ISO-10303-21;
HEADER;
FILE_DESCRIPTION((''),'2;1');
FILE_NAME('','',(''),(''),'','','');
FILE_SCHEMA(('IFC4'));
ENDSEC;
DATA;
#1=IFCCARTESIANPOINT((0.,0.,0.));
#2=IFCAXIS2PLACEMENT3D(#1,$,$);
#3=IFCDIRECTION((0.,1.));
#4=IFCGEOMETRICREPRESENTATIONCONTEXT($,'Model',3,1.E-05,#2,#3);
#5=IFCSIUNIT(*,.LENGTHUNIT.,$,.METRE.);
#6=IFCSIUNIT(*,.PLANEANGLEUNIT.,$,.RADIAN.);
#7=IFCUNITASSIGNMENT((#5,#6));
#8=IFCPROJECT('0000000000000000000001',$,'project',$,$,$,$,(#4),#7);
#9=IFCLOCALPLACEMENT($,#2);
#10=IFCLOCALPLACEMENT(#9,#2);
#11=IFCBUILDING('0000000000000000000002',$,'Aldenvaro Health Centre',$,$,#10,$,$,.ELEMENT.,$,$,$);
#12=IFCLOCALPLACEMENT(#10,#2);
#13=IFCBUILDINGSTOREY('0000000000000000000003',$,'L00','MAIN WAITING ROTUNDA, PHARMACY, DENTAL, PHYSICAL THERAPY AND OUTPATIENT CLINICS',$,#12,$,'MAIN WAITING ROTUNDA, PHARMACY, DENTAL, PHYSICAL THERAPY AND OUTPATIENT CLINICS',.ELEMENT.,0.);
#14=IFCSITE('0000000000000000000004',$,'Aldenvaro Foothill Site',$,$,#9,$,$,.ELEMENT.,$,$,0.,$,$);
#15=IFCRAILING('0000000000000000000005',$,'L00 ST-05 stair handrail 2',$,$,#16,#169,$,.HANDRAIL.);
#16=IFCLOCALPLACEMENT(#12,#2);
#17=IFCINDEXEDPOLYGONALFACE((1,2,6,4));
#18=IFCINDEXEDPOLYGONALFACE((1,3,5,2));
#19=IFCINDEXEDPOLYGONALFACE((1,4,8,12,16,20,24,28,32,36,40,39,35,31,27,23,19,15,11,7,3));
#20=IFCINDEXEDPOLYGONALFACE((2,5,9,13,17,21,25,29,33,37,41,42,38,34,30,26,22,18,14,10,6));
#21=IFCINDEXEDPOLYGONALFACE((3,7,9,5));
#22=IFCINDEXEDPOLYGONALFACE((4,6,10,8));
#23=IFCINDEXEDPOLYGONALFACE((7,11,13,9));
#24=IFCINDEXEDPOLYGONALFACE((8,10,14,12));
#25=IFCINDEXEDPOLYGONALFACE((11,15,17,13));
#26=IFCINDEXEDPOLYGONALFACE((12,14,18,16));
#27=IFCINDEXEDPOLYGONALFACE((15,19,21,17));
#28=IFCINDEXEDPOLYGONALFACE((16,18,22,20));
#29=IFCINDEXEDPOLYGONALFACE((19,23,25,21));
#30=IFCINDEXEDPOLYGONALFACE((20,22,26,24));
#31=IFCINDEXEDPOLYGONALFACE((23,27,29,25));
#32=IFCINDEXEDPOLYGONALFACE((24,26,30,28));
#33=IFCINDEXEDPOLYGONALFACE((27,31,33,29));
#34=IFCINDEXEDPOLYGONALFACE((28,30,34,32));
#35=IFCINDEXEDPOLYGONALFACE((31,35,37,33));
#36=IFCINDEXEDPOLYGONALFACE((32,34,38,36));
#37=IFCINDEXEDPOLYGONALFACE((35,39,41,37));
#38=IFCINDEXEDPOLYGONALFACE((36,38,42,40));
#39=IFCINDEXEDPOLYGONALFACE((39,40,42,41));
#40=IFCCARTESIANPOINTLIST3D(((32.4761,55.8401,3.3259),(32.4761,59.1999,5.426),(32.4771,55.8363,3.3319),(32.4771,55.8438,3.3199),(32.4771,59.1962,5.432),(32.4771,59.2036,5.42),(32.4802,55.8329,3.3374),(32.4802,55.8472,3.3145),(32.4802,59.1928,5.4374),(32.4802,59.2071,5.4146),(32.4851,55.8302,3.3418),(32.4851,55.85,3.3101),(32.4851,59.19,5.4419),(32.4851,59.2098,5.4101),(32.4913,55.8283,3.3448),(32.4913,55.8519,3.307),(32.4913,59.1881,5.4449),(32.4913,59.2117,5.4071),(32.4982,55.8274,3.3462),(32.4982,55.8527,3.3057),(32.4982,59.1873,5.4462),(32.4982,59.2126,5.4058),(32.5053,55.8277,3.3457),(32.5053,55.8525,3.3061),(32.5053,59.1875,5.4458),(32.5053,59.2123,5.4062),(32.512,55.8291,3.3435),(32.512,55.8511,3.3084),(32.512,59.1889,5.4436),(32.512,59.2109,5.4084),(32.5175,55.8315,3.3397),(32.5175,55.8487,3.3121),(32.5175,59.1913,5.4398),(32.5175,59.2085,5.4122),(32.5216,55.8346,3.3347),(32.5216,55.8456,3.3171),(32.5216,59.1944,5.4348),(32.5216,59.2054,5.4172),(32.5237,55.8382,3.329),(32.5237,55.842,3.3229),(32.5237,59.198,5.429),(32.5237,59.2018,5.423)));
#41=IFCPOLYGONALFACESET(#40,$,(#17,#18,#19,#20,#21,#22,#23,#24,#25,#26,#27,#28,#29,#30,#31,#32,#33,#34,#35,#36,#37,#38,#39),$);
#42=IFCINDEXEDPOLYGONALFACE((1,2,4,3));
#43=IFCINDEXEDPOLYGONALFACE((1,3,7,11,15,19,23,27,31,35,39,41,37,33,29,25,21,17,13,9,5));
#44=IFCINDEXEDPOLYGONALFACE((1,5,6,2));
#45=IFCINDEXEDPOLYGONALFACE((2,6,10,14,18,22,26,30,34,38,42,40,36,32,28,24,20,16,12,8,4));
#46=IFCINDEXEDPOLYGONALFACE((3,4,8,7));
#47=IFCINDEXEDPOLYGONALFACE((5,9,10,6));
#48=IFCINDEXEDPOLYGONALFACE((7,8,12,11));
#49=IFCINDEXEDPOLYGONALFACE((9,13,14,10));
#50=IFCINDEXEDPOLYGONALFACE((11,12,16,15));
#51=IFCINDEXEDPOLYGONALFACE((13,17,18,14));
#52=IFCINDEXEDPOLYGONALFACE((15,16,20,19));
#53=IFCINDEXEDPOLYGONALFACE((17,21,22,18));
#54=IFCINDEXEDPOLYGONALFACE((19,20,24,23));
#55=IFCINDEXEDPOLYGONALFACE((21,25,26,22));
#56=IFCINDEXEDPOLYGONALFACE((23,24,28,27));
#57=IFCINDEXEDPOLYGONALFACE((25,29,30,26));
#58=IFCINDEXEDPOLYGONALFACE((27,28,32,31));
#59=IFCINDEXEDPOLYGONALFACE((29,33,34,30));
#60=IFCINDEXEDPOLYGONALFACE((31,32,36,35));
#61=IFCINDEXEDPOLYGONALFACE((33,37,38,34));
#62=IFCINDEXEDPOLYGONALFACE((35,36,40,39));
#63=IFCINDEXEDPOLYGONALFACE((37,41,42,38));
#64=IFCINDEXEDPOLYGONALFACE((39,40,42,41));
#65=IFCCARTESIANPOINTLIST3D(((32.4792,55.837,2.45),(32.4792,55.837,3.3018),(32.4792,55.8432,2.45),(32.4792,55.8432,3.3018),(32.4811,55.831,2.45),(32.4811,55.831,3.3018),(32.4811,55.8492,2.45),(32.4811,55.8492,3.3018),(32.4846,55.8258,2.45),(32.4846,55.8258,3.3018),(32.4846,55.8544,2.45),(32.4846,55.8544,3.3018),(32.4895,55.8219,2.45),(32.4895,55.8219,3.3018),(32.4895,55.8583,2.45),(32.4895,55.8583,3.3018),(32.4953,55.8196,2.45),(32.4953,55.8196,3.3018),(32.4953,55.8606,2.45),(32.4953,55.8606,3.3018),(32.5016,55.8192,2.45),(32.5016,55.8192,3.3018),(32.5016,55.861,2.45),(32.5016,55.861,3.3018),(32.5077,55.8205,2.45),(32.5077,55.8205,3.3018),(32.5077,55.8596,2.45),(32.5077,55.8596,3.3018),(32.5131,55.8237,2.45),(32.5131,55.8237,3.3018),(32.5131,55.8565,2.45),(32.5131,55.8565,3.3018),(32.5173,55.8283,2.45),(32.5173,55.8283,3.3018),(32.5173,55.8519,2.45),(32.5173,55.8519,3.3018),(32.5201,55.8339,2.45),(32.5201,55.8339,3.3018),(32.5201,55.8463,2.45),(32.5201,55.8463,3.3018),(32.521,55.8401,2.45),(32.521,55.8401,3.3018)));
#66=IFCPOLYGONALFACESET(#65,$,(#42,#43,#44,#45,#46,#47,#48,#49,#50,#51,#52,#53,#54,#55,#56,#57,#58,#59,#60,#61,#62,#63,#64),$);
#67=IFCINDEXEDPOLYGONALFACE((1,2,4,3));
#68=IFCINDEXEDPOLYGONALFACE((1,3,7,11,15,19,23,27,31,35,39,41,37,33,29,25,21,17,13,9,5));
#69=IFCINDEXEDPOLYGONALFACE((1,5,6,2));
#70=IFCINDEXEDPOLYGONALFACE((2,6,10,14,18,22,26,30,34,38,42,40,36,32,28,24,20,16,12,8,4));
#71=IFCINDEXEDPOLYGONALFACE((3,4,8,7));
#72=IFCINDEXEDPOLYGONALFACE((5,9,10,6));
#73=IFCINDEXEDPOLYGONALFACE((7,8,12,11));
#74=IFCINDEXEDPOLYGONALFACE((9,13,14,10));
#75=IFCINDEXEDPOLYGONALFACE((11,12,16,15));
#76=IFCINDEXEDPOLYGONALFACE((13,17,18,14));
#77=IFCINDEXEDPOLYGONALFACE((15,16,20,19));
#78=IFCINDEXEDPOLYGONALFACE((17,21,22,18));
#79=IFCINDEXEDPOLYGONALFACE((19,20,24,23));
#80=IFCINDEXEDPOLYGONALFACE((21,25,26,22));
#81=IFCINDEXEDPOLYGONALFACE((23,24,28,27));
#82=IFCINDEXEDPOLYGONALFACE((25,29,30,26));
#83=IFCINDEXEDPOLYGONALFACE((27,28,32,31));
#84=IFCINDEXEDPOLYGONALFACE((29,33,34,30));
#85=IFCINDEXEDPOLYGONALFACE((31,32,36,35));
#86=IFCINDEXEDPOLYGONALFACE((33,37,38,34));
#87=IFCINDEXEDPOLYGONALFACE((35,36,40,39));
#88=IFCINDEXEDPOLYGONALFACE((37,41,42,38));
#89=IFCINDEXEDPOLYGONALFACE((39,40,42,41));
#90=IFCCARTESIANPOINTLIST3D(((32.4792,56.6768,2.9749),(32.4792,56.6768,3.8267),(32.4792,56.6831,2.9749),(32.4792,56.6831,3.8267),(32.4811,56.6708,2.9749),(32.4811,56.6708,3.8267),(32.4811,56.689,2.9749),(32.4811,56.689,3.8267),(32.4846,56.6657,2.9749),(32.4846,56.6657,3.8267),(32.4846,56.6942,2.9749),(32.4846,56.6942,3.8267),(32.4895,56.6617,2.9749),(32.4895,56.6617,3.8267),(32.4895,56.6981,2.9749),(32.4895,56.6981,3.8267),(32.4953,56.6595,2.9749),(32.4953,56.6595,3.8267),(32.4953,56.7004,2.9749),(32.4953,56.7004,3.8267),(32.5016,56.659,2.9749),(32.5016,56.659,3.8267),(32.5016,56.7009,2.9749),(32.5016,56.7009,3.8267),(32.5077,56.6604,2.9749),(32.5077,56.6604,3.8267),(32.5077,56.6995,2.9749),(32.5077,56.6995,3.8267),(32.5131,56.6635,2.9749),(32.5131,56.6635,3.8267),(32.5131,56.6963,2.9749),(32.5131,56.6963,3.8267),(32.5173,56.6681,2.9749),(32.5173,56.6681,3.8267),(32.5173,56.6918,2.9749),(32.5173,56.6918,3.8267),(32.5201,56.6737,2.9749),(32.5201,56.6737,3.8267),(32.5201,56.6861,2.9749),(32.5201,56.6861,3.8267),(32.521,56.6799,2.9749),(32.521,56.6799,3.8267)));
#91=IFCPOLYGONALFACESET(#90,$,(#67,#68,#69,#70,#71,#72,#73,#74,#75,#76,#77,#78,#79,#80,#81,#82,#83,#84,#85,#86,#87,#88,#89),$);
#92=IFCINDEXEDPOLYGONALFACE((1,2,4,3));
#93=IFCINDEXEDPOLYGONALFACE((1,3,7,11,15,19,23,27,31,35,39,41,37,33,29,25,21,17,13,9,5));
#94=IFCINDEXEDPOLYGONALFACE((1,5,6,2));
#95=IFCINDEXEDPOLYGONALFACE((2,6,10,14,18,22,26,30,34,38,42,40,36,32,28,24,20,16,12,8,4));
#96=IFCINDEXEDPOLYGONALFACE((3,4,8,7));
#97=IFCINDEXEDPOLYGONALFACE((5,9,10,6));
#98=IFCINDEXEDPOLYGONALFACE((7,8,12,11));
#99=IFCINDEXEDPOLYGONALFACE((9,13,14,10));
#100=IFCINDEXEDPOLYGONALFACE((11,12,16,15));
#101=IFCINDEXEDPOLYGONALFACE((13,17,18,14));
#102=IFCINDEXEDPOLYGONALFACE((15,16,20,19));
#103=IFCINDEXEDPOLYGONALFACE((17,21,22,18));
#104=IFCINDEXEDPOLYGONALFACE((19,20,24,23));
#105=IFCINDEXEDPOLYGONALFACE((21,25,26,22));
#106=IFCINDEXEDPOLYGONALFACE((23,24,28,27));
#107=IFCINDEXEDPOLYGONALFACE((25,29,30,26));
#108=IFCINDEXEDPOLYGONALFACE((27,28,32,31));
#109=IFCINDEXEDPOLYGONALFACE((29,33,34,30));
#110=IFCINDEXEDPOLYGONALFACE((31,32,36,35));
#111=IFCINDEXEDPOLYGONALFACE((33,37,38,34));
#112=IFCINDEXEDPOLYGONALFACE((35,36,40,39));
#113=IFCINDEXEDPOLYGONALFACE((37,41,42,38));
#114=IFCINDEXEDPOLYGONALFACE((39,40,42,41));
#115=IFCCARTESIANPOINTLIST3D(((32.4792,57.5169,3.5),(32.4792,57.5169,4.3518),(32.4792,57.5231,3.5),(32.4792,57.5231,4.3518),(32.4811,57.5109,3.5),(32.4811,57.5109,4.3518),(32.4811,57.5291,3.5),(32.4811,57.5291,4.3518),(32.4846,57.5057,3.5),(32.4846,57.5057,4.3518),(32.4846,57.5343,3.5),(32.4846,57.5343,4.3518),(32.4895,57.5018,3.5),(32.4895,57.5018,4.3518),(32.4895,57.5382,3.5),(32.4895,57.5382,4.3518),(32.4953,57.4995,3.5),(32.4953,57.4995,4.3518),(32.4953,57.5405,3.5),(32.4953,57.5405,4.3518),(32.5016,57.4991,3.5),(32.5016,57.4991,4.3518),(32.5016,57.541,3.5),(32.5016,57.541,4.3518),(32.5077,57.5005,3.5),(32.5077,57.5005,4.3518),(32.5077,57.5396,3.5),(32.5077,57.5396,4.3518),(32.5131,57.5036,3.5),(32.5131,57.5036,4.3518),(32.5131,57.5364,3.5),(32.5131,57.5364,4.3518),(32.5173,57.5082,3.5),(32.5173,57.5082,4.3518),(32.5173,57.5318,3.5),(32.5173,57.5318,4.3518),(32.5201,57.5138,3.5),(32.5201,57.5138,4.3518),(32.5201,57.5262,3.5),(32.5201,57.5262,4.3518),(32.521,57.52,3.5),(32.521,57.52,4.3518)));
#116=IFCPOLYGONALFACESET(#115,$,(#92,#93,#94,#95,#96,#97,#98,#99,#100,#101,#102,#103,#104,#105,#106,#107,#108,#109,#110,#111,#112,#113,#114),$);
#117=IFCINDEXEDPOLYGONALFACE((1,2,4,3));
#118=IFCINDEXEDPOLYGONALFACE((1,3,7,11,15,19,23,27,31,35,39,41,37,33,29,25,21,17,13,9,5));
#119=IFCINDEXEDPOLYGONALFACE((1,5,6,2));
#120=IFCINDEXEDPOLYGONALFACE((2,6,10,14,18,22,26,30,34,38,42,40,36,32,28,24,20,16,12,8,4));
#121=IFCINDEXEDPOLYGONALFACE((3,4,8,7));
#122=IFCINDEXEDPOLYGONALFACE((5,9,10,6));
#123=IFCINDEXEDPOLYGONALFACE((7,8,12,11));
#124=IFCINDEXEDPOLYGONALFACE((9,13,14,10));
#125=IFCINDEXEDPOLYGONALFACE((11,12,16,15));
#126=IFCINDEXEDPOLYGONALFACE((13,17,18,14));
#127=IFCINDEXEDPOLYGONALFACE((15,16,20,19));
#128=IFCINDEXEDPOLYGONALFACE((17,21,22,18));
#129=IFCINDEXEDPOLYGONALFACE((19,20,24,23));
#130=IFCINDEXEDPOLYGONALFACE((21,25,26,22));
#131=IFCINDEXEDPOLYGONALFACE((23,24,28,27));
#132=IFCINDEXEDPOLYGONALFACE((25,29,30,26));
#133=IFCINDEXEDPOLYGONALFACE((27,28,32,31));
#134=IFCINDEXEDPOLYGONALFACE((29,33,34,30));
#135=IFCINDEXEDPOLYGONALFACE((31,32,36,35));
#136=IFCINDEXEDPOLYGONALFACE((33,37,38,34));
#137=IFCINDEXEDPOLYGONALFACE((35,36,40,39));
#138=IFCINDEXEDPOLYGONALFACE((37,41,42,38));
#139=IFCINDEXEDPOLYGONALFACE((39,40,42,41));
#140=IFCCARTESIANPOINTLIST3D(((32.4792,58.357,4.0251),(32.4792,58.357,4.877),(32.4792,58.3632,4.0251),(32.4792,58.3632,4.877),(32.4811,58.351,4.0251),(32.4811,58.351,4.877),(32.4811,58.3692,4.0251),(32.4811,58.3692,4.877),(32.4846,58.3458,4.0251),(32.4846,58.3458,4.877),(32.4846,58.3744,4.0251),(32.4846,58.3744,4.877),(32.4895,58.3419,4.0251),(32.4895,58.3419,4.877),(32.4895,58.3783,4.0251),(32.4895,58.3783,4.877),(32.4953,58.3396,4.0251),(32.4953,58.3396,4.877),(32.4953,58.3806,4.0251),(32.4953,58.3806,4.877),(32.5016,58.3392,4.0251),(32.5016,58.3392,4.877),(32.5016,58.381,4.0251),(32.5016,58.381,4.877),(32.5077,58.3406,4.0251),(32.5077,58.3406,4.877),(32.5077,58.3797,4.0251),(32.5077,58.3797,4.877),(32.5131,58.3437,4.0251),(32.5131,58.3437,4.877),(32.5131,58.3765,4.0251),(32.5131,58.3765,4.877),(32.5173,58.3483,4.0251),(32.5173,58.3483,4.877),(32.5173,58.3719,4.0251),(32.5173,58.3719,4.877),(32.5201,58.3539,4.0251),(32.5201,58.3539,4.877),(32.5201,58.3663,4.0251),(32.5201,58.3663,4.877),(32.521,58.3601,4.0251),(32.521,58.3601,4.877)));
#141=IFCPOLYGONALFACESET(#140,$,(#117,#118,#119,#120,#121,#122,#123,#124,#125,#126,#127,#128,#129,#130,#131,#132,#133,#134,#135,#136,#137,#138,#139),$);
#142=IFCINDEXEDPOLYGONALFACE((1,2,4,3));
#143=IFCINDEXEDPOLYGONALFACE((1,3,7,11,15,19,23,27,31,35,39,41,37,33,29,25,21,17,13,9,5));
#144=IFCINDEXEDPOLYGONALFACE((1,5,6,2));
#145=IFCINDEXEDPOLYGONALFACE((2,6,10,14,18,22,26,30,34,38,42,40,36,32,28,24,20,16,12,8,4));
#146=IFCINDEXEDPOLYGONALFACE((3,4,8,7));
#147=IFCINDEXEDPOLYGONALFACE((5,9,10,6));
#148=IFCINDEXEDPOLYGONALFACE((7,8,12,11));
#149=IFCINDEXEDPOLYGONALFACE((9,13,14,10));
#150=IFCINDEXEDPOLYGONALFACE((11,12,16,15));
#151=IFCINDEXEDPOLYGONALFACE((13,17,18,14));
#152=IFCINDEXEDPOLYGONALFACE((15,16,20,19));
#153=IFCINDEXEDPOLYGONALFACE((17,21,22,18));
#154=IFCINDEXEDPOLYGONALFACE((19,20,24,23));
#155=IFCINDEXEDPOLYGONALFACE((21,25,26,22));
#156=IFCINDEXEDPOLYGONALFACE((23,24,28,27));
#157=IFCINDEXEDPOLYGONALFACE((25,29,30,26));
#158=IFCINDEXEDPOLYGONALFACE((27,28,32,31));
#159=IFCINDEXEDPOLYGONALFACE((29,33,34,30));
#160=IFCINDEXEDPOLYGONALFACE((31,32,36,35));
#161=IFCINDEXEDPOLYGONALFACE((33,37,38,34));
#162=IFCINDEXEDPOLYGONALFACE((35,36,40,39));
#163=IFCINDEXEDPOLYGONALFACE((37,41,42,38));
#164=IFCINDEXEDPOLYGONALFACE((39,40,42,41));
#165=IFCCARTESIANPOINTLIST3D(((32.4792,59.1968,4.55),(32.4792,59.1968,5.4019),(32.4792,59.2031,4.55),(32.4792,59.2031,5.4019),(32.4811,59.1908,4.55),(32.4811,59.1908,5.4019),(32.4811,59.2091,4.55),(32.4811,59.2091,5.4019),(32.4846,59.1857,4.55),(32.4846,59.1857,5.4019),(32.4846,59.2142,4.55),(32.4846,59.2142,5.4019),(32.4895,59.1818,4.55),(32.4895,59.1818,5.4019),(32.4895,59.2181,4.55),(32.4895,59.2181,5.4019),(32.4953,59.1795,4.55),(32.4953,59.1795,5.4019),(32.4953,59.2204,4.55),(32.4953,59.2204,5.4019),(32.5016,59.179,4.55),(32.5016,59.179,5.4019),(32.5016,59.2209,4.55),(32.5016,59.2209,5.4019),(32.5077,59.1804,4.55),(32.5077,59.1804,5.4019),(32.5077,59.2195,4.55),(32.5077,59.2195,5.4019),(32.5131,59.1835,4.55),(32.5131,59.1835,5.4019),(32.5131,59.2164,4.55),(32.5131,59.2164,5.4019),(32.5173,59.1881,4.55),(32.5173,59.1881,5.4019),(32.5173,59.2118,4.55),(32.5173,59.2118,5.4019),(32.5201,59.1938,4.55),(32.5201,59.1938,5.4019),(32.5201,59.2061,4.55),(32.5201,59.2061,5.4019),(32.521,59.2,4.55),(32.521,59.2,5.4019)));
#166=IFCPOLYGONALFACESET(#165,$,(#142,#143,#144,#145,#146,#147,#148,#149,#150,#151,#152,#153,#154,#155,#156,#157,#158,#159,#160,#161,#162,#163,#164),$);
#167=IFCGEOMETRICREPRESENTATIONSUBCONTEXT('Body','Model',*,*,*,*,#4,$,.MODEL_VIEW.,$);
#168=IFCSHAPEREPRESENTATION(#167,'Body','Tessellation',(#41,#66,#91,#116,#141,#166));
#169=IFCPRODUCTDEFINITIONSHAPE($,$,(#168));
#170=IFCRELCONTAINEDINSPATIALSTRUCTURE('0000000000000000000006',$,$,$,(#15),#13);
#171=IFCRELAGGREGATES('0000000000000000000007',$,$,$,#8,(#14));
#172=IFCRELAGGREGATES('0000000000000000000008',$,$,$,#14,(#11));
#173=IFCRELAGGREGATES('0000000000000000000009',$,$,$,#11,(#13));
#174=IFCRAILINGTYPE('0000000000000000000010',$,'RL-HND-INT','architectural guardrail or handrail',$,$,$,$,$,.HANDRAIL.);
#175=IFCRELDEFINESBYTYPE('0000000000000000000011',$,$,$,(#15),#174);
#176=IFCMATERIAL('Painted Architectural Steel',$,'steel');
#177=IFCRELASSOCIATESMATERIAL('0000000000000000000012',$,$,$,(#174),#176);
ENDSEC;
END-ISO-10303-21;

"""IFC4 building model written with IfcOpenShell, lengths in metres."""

from ifc_helpers import new_model, si_unit, direction, frame, origin, origin_2d, place, context, subcontext, project, spatial, circle, extrude, material, type_object, element, save


model = new_model("IFC4")

# Units and contexts
model_context = context("Model", 3, precision=1e-05, world=origin(), true_north=direction((0.0, 1.0)))
body_context = subcontext(model_context, "Body", "Model", "MODEL_VIEW")
ifc_project = project(units=[si_unit("LENGTHUNIT", "METRE"), si_unit("PLANEANGLEUNIT", "RADIAN")], contexts=[model_context])

# Site, building, storey
site_placement = place(None, origin())
site = spatial("IfcSite", under=ifc_project, at=site_placement, Name="Aldenvaro Foothill Site", CompositionType="ELEMENT", RefElevation=0.0)
building_placement = place(site_placement, origin())
building = spatial("IfcBuilding", under=site, at=building_placement, Name="Aldenvaro Health Centre", CompositionType="ELEMENT")
storey_placement = place(building_placement, origin())
storey = spatial("IfcBuildingStorey", under=building, at=storey_placement, Name="L00", Description="MAIN WAITING ROTUNDA, PHARMACY, DENTAL, PHYSICAL THERAPY AND OUTPATIENT CLINICS", LongName="MAIN WAITING ROTUNDA, PHARMACY, DENTAL, PHYSICAL THERAPY AND OUTPATIENT CLINICS", CompositionType="ELEMENT", Elevation=0.0)

# Railing
ifc_material_1 = material(Name="Painted Architectural Steel", Category="steel")
railing_type_1 = type_object("IfcRailingType", Name="RL-HND-INT", Description="architectural guardrail or handrail", PredefinedType="HANDRAIL", material=ifc_material_1)
railing_1_placement = place(storey_placement, frame((32.5, 55.8401, 2.45)))
element("IfcRailing", 1, at=railing_1_placement, inside=storey, type_object=railing_type_1, Name="L00 ST-05 stair handrail 2", PredefinedType="HANDRAIL", context=body_context, shape_type="SweptSolid", body=[
    extrude(circle(Radius=0.0239, at=origin_2d()), frame((0.0, 0.0, 0.876), z_axis=(0.0, 0.847978, 0.530032), x_axis=(-1.0, 0.0, 0.0)), (0.0, 0.0, 1.0), 3.9622),
    extrude(circle(Radius=0.021, at=origin_2d()), origin(), (0.0, 0.0, 1.0), 0.8518),
    extrude(circle(Radius=0.021, at=origin_2d()), frame((0.0, 0.8398, 0.5249)), (0.0, 0.0, 1.0), 0.8518),
    extrude(circle(Radius=0.021, at=origin_2d()), frame((0.0, 1.6799, 1.05)), (0.0, 0.0, 1.0), 0.8518),
    extrude(circle(Radius=0.021, at=origin_2d()), frame((0.0, 2.52, 1.5752)), (0.0, 0.0, 1.0), 0.8518),
    extrude(circle(Radius=0.021, at=origin_2d()), frame((0.0, 3.3599, 2.1001)), (0.0, 0.0, 1.0), 0.8518),
])

save(model, "model.ifc")
